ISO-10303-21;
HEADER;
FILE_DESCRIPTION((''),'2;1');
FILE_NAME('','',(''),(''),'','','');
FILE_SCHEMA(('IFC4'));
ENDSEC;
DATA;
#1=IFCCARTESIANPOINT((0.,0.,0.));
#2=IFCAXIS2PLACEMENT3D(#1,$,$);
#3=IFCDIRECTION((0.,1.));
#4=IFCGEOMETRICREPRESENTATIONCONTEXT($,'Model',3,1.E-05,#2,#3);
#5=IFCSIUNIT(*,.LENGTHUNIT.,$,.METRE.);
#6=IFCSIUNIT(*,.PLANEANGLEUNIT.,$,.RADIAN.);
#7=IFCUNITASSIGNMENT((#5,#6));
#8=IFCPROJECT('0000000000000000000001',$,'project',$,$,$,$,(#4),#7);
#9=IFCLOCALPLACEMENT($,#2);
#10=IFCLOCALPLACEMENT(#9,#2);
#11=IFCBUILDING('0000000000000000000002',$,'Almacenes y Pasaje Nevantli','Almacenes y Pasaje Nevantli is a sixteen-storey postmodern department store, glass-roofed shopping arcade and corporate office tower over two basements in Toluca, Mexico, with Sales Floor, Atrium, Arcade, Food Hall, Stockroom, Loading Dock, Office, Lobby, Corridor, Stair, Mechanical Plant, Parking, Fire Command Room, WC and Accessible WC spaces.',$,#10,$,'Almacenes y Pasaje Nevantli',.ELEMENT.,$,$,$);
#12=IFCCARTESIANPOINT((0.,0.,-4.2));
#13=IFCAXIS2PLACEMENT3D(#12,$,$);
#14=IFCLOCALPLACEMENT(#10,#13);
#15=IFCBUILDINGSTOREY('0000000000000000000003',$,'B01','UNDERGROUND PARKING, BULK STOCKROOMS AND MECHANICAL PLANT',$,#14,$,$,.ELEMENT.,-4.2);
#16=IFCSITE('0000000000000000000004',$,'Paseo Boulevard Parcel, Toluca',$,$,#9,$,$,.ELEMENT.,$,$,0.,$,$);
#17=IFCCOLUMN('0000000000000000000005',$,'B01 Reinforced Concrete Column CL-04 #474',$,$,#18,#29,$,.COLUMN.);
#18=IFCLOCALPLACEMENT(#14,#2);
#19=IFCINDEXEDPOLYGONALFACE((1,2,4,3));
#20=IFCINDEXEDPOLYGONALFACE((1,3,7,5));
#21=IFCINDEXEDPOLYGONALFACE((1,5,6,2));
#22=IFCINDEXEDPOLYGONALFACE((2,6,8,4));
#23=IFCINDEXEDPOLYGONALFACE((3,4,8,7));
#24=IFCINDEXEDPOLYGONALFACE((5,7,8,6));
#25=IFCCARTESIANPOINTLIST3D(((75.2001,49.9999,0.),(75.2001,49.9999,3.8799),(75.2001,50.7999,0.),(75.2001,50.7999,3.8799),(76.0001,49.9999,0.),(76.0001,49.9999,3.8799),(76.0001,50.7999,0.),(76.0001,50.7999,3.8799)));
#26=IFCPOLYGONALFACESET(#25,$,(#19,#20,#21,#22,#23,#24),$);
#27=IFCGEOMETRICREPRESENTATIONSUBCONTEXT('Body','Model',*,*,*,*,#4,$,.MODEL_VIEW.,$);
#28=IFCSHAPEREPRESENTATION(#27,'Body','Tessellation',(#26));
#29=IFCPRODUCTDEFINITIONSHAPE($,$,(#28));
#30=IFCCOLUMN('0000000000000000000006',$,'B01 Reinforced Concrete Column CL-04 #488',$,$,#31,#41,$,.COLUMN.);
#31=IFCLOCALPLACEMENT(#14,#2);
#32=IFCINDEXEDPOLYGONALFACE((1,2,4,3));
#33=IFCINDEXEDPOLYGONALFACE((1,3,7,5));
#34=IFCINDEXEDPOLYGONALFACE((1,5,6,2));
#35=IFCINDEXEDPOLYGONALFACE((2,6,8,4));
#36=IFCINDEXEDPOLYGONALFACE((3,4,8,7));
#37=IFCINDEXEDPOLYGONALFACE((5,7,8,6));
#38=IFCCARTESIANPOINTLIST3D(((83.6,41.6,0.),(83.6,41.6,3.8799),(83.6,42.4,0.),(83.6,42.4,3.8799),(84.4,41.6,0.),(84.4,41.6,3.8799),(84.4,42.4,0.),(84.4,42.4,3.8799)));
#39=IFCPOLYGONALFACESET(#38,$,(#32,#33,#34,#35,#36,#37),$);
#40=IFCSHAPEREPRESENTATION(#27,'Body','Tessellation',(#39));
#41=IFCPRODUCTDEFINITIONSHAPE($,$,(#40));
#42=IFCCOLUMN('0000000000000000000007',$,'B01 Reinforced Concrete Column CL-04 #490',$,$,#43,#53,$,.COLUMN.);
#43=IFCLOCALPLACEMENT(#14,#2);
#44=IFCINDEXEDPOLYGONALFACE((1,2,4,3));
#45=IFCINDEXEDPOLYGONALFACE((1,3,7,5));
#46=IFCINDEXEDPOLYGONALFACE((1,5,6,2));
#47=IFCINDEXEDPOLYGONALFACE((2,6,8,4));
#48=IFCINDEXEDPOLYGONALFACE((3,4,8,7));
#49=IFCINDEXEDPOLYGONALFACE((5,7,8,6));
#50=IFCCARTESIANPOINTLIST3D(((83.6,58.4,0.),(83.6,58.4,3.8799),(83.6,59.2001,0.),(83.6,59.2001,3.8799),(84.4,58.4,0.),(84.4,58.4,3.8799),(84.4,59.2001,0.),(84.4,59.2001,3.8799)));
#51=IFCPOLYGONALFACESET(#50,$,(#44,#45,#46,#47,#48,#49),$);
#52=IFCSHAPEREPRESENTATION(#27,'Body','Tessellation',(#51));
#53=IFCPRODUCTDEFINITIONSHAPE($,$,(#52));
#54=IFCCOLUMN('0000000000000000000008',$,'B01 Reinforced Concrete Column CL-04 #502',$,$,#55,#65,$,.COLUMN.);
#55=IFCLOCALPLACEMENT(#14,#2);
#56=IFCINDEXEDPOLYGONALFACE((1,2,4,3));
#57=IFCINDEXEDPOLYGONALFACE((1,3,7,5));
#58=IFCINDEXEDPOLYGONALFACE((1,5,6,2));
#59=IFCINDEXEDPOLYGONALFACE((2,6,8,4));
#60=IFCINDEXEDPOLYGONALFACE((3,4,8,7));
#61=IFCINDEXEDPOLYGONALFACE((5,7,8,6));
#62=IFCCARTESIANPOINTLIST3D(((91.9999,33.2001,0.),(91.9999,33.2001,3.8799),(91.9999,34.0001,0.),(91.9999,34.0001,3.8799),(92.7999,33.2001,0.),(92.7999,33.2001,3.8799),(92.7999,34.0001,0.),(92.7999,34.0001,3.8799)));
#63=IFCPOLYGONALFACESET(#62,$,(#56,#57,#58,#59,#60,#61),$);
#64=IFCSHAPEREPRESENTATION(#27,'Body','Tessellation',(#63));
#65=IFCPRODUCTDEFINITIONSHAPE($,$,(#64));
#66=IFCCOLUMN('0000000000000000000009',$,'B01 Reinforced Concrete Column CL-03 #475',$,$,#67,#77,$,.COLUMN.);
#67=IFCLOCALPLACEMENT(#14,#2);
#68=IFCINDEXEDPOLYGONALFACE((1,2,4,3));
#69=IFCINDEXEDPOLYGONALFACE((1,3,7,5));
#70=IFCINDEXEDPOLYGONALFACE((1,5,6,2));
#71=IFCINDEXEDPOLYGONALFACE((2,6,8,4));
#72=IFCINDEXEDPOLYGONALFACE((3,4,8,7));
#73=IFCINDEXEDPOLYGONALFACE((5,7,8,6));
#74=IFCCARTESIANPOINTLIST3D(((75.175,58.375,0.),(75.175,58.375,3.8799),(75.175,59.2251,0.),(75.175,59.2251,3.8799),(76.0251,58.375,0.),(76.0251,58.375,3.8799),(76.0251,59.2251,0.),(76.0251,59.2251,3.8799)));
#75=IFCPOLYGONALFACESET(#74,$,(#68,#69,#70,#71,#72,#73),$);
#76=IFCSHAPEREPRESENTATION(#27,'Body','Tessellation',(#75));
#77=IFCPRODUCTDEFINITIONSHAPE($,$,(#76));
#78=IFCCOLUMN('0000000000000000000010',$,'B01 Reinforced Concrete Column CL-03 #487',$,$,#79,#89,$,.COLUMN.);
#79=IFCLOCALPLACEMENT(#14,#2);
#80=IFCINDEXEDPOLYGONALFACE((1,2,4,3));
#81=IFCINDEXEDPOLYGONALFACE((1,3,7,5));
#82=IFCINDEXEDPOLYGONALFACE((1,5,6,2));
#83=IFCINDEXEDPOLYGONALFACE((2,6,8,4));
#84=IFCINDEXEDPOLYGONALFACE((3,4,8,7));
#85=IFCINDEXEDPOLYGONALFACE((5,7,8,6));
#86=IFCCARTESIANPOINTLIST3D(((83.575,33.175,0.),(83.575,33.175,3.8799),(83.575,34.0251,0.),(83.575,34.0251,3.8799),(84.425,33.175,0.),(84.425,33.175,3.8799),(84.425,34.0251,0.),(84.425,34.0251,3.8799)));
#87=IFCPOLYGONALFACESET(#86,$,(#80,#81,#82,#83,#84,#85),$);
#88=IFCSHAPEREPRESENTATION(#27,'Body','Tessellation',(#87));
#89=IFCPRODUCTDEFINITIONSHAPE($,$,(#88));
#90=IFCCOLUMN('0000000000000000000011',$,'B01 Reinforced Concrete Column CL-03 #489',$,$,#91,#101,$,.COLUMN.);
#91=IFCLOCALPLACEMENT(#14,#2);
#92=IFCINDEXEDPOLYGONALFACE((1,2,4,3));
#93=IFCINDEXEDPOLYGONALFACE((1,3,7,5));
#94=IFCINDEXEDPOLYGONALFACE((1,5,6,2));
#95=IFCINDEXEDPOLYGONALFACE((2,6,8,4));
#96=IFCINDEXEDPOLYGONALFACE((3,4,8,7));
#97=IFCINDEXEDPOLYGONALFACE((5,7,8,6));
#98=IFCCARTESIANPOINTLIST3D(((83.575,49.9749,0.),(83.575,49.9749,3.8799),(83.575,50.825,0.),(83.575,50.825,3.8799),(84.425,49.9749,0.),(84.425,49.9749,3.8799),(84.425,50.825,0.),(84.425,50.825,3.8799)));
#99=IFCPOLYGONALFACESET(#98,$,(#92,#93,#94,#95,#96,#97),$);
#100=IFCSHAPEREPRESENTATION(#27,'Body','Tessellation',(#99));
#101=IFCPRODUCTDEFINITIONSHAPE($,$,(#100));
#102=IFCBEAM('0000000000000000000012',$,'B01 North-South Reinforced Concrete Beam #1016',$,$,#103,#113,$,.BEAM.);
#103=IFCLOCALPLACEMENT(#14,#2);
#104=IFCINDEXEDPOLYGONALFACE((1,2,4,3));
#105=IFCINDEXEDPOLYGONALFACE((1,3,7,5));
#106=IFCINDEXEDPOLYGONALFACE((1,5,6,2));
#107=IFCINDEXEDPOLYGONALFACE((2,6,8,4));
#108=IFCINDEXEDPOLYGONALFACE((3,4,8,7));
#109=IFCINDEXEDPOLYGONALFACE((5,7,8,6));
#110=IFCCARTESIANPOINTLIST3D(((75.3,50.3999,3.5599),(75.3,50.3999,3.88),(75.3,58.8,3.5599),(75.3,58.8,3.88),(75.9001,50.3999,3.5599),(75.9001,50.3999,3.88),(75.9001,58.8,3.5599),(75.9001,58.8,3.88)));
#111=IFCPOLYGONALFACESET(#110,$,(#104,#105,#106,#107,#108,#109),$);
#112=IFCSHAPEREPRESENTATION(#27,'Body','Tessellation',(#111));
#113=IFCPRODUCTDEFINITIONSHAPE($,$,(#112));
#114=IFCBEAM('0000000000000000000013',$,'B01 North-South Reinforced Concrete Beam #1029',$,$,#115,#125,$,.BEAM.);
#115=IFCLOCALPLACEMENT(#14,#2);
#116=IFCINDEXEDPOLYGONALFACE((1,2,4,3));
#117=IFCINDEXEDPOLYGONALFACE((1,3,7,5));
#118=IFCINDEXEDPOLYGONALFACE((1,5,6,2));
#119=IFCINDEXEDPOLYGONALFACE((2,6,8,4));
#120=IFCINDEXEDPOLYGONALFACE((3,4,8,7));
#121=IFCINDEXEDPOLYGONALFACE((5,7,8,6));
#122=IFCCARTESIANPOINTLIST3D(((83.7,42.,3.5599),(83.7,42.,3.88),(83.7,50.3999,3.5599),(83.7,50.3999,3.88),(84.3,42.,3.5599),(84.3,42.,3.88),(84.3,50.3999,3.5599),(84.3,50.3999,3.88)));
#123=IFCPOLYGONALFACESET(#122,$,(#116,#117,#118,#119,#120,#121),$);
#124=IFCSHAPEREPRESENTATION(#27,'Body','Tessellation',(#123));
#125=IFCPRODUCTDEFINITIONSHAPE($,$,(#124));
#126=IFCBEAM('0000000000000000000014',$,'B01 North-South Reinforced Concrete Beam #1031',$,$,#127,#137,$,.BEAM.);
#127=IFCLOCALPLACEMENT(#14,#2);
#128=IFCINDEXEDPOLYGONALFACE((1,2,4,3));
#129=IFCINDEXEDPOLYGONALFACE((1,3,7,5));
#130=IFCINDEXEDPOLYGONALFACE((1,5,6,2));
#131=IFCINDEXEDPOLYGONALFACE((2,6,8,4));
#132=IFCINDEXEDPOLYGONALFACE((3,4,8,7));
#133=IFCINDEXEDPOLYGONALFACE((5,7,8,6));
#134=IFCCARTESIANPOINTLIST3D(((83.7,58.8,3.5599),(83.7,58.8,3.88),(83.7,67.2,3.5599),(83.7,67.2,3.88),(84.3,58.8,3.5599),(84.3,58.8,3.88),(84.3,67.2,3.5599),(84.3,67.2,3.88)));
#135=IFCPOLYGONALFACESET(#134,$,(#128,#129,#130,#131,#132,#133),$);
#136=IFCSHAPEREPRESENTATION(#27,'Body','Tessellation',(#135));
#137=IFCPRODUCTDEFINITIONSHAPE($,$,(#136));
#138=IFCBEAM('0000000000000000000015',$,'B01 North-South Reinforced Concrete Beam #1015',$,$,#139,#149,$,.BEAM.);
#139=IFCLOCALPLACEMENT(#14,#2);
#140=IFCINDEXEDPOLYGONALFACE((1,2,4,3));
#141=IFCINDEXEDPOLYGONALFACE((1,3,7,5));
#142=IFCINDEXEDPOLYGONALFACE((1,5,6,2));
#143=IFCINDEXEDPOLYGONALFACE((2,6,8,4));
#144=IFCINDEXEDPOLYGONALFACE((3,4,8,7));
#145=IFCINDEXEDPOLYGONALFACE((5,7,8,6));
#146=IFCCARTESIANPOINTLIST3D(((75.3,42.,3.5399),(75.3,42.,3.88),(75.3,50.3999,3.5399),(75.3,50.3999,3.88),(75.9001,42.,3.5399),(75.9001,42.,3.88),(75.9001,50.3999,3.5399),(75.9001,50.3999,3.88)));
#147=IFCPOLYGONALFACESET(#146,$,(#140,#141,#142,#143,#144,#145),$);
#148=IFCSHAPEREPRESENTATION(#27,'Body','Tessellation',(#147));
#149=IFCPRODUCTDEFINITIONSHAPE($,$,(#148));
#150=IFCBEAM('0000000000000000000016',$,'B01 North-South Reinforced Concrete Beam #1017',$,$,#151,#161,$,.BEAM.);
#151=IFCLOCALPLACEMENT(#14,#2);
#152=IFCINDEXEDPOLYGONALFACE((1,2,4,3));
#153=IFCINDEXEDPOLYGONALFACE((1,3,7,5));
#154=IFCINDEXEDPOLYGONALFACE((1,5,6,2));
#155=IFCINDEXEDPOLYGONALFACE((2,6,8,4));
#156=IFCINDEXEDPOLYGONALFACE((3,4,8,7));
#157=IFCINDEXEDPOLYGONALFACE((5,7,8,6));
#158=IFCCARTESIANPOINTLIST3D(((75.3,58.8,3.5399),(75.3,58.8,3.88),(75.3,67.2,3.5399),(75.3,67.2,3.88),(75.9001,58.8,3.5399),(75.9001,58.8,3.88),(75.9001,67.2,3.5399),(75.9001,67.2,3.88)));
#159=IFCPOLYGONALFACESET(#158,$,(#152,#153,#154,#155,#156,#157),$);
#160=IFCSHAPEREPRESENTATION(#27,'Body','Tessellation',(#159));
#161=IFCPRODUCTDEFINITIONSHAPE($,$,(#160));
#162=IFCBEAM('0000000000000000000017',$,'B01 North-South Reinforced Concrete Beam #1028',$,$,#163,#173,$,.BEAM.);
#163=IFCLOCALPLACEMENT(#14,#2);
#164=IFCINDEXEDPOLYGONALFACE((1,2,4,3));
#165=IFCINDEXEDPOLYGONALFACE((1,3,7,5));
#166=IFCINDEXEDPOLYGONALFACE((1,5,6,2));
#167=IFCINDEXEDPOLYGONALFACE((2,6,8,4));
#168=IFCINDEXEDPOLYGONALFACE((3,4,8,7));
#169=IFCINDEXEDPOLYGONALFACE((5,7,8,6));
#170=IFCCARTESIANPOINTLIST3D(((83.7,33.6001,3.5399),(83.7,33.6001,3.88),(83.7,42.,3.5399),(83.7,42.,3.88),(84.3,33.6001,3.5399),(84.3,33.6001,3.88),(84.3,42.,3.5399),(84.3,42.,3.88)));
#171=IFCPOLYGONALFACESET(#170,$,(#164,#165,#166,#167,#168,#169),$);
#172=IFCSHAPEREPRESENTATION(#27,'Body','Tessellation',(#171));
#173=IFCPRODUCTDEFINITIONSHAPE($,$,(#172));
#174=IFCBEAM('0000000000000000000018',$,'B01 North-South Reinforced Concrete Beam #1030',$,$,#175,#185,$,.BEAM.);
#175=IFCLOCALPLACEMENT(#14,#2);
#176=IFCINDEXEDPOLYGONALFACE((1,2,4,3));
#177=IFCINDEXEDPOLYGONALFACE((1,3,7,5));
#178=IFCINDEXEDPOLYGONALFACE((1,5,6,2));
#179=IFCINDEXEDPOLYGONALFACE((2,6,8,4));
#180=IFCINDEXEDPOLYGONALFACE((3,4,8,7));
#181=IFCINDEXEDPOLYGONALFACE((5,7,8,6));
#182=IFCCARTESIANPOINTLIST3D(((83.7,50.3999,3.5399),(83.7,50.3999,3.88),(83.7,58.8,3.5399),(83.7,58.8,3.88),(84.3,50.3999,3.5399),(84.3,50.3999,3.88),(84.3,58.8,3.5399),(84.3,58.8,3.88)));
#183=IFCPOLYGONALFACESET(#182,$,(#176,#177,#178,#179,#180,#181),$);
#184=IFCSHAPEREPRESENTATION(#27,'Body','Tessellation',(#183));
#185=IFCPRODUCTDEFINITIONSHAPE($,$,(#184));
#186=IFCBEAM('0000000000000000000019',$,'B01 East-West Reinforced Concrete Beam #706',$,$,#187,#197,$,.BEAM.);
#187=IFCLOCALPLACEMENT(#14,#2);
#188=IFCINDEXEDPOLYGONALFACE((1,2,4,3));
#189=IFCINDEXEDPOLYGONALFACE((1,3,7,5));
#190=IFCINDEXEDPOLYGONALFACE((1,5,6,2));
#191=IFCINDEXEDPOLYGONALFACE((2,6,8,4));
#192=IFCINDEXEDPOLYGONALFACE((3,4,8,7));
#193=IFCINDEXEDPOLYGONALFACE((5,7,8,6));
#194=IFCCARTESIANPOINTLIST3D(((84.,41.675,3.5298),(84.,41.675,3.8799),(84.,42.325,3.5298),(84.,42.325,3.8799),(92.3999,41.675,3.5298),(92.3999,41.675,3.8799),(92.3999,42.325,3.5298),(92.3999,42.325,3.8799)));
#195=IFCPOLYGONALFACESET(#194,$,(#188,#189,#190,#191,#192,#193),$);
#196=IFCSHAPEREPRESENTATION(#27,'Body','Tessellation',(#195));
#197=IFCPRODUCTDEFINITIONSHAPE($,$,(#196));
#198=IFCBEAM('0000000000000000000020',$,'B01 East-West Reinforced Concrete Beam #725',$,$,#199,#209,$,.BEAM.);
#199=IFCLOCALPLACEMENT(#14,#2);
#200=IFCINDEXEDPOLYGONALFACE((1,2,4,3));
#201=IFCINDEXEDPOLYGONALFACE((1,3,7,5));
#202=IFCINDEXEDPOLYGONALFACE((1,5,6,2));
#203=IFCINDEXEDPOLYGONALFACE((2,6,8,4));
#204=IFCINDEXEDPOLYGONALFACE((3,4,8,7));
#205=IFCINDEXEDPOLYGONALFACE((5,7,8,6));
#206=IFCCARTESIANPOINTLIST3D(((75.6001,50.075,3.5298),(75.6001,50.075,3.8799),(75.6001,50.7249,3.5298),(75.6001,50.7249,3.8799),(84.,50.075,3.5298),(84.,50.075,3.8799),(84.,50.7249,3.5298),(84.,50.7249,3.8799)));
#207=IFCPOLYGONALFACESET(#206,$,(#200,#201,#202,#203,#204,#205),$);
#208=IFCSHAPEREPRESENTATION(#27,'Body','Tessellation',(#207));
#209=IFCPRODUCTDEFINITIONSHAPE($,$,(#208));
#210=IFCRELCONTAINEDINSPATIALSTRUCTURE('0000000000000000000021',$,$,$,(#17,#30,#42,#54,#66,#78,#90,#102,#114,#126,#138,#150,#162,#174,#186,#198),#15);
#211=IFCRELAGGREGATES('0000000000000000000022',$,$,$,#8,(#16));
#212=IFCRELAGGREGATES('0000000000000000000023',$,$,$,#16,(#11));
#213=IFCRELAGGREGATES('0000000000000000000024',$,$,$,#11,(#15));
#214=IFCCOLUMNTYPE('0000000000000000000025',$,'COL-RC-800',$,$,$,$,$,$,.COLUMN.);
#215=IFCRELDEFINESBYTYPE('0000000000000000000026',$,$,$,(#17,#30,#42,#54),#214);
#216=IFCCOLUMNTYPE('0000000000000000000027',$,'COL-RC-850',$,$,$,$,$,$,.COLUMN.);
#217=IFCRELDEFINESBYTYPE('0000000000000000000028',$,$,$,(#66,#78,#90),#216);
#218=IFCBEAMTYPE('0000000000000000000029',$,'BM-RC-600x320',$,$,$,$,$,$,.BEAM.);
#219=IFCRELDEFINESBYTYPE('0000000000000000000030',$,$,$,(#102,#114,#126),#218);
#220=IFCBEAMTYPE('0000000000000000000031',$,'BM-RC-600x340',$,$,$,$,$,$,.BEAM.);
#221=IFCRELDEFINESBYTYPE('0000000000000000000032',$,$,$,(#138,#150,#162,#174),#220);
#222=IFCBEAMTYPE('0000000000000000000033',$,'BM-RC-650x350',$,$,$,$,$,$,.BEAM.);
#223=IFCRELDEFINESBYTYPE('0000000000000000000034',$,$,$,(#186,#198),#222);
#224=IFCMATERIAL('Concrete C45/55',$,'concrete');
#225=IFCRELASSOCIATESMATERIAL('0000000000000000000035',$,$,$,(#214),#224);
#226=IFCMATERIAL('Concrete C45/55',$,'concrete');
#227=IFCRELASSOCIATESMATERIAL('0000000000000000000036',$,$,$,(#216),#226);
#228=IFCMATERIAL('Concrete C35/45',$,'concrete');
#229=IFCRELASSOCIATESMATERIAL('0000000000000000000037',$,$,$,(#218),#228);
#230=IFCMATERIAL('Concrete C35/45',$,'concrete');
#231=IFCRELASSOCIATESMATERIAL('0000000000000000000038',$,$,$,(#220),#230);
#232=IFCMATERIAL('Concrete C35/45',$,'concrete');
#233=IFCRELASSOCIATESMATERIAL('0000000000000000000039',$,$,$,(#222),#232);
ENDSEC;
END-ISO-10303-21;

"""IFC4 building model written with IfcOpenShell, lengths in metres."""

from ifc_helpers import new_model, si_unit, direction, frame, origin, origin_2d, place, context, subcontext, project, spatial, rectangle, extrude, material, material_profile, profile_set, type_object, element, save


model = new_model("IFC4")

# Units and contexts
model_context = context("Model", 3, precision=1e-05, world=origin(), true_north=direction((0.0, 1.0)))
body_context = subcontext(model_context, "Body", "Model", "MODEL_VIEW")
ifc_project = project(units=[si_unit("LENGTHUNIT", "METRE"), si_unit("PLANEANGLEUNIT", "RADIAN")], contexts=[model_context])

# Site, building, storey
site_placement = place(None, origin())
site = spatial("IfcSite", under=ifc_project, at=site_placement, Name="Paseo Boulevard Parcel, Toluca", CompositionType="ELEMENT", RefElevation=0.0)
building_placement = place(site_placement, origin())
building = spatial("IfcBuilding", under=site, at=building_placement, Name="Almacenes y Pasaje Nevantli", Description="Almacenes y Pasaje Nevantli is a sixteen-storey postmodern department store, glass-roofed shopping arcade and corporate office tower over two basements in Toluca, Mexico, with Sales Floor, Atrium, Arcade, Food Hall, Stockroom, Loading Dock, Office, Lobby, Corridor, Stair, Mechanical Plant, Parking, Fire Command Room, WC and Accessible WC spaces.", LongName="Almacenes y Pasaje Nevantli", CompositionType="ELEMENT")
storey_placement = place(building_placement, frame((0.0, 0.0, -4.2)))
storey = spatial("IfcBuildingStorey", under=building, at=storey_placement, Name="B01", Description="UNDERGROUND PARKING, BULK STOCKROOMS AND MECHANICAL PLANT", CompositionType="ELEMENT", Elevation=-4.2)

# Columns
ifc_material_1 = material(Name="Concrete C45/55", Category="concrete")
ifc_material_profile_1 = material_profile(ifc_material_1, rectangle(XDim=0.8, YDim=0.8, at=origin_2d()), Name="RC-COL-800x800")
ifc_profile_set_1 = profile_set([ifc_material_profile_1], Name="Concrete C45/55")
column_type_1 = type_object("IfcColumnType", Name="COL-RC-800", PredefinedType="COLUMN", material=ifc_profile_set_1)
for number, where, z_axis, x_axis, name in (
    (1, (75.6001, 50.3999, 0.0), (0.0, 0.0, 1.0), (1.0, 0.0, 0.0), "B01 Reinforced Concrete Column CL-04 #474"),
    (2, (84.0, 42.0, 0.0), (0.0, 0.0, 1.0), (1.0, 0.0, 0.0), "B01 Reinforced Concrete Column CL-04 #488"),
    (3, (84.0, 58.8, 0.0), (0.0, 0.0, 1.0), (1.0, 0.0, 0.0), "B01 Reinforced Concrete Column CL-04 #490"),
    (4, (92.3999, 33.6001, 0.0), (0.0, 0.0, 1.0), (1.0, 0.0, 0.0), "B01 Reinforced Concrete Column CL-04 #502"),
):
    element("IfcColumn", number, at=place(storey_placement, frame(where, z_axis=z_axis, x_axis=x_axis)), inside=storey, type_object=column_type_1, Name=name, PredefinedType="COLUMN", context=body_context, shape_type="SweptSolid", body=[
        extrude(rectangle(XDim=0.8, YDim=0.8, at=origin_2d()), origin(), (0.0, 0.0, 1.0), 3.8799),
    ])
ifc_material_2 = material(Name="Concrete C45/55", Category="concrete")
ifc_material_profile_2 = material_profile(ifc_material_2, rectangle(XDim=0.8501, YDim=0.8501, at=origin_2d()), Name="RC-COL-850x850")
ifc_profile_set_2 = profile_set([ifc_material_profile_2], Name="Concrete C45/55")
column_type_2 = type_object("IfcColumnType", Name="COL-RC-850", PredefinedType="COLUMN", material=ifc_profile_set_2)
for number, where, z_axis, x_axis, name in (
    (5, (75.6001, 58.8, 0.0), (0.0, 0.0, 1.0), (1.0, 0.0, 0.0), "B01 Reinforced Concrete Column CL-03 #475"),
    (6, (84.0, 33.6001, 0.0), (0.0, 0.0, 1.0), (1.0, 0.0, 0.0), "B01 Reinforced Concrete Column CL-03 #487"),
    (7, (84.0, 50.3999, 0.0), (0.0, 0.0, 1.0), (1.0, 0.0, 0.0), "B01 Reinforced Concrete Column CL-03 #489"),
):
    element("IfcColumn", number, at=place(storey_placement, frame(where, z_axis=z_axis, x_axis=x_axis)), inside=storey, type_object=column_type_2, Name=name, PredefinedType="COLUMN", context=body_context, shape_type="SweptSolid", body=[
        extrude(rectangle(XDim=0.8501, YDim=0.8501, at=origin_2d()), origin(), (0.0, 0.0, 1.0), 3.8799),
    ])

# Beams
ifc_material_3 = material(Name="Concrete C35/45", Category="concrete")
ifc_material_profile_3 = material_profile(ifc_material_3, rectangle(XDim=0.6001, YDim=0.3201, at=origin_2d()), Name="RC-BM-600x320")
ifc_profile_set_3 = profile_set([ifc_material_profile_3], Name="Concrete C35/45")
beam_type_1 = type_object("IfcBeamType", Name="BM-RC-600x320", PredefinedType="BEAM", material=ifc_profile_set_3)
beam_1_placement = place(storey_placement, frame((75.6001, 50.3999, 3.72), z_axis=(0.0, 1.0, 0.0), x_axis=(-1.0, 0.0, 0.0)))
element("IfcBeam", 8, at=beam_1_placement, inside=storey, type_object=beam_type_1, Name="B01 North-South Reinforced Concrete Beam #1016", PredefinedType="BEAM", context=body_context, shape_type="SweptSolid", body=[
    extrude(rectangle(XDim=0.6001, YDim=0.3201, at=origin_2d()), origin(), (0.0, 0.0, 1.0), 8.4001),
])
for number, where, z_axis, x_axis, name in (
    (9, (84.0, 42.0, 3.72), (0.0, 1.0, 0.0), (-1.0, 0.0, 0.0), "B01 North-South Reinforced Concrete Beam #1029"),
    (10, (84.0, 58.8, 3.72), (0.0, 1.0, 0.0), (-1.0, 0.0, 0.0), "B01 North-South Reinforced Concrete Beam #1031"),
):
    element("IfcBeam", number, at=place(storey_placement, frame(where, z_axis=z_axis, x_axis=x_axis)), inside=storey, type_object=beam_type_1, Name=name, PredefinedType="BEAM", context=body_context, shape_type="SweptSolid", body=[
        extrude(rectangle(XDim=0.6001, YDim=0.3201, at=origin_2d()), origin(), (0.0, 0.0, 1.0), 8.3999),
    ])
ifc_material_4 = material(Name="Concrete C35/45", Category="concrete")
ifc_material_profile_4 = material_profile(ifc_material_4, rectangle(XDim=0.6001, YDim=0.3401, at=origin_2d()), Name="RC-BM-600x340")
ifc_profile_set_4 = profile_set([ifc_material_profile_4], Name="Concrete C35/45")
beam_type_2 = type_object("IfcBeamType", Name="BM-RC-600x340", PredefinedType="BEAM", material=ifc_profile_set_4)
for number, where, z_axis, x_axis, name in (
    (11, (75.6001, 42.0, 3.71), (0.0, 1.0, 0.0), (-1.0, 0.0, 0.0), "B01 North-South Reinforced Concrete Beam #1015"),
    (12, (75.6001, 58.8, 3.71), (0.0, 1.0, 0.0), (-1.0, 0.0, 0.0), "B01 North-South Reinforced Concrete Beam #1017"),
    (13, (84.0, 33.6001, 3.71), (0.0, 1.0, 0.0), (-1.0, 0.0, 0.0), "B01 North-South Reinforced Concrete Beam #1028"),
):
    element("IfcBeam", number, at=place(storey_placement, frame(where, z_axis=z_axis, x_axis=x_axis)), inside=storey, type_object=beam_type_2, Name=name, PredefinedType="BEAM", context=body_context, shape_type="SweptSolid", body=[
        extrude(rectangle(XDim=0.6001, YDim=0.3401, at=origin_2d()), origin(), (0.0, 0.0, 1.0), 8.3999),
    ])
beam_2_placement = place(storey_placement, frame((84.0, 50.3999, 3.71), z_axis=(0.0, 1.0, 0.0), x_axis=(-1.0, 0.0, 0.0)))
element("IfcBeam", 14, at=beam_2_placement, inside=storey, type_object=beam_type_2, Name="B01 North-South Reinforced Concrete Beam #1030", PredefinedType="BEAM", context=body_context, shape_type="SweptSolid", body=[
    extrude(rectangle(XDim=0.6001, YDim=0.3401, at=origin_2d()), origin(), (0.0, 0.0, 1.0), 8.4001),
])
ifc_material_5 = material(Name="Concrete C35/45", Category="concrete")
ifc_material_profile_5 = material_profile(ifc_material_5, rectangle(XDim=0.6499, YDim=0.3501, at=origin_2d()), Name="RC-BM-650x350")
ifc_profile_set_5 = profile_set([ifc_material_profile_5], Name="Concrete C35/45")
beam_type_3 = type_object("IfcBeamType", Name="BM-RC-650x350", PredefinedType="BEAM", material=ifc_profile_set_5)
for number, where, z_axis, x_axis, name in (
    (15, (84.0, 42.0, 3.7048), (1.0, 0.0, 0.0), (0.0, 1.0, 0.0), "B01 East-West Reinforced Concrete Beam #706"),
    (16, (75.6001, 50.3999, 3.7048), (1.0, 0.0, 0.0), (0.0, 1.0, 0.0), "B01 East-West Reinforced Concrete Beam #725"),
):
    element("IfcBeam", number, at=place(storey_placement, frame(where, z_axis=z_axis, x_axis=x_axis)), inside=storey, type_object=beam_type_3, Name=name, PredefinedType="BEAM", context=body_context, shape_type="SweptSolid", body=[
        extrude(rectangle(XDim=0.6499, YDim=0.3501, at=origin_2d()), origin(), (0.0, 0.0, 1.0), 8.3999),
    ])

save(model, "model.ifc")
